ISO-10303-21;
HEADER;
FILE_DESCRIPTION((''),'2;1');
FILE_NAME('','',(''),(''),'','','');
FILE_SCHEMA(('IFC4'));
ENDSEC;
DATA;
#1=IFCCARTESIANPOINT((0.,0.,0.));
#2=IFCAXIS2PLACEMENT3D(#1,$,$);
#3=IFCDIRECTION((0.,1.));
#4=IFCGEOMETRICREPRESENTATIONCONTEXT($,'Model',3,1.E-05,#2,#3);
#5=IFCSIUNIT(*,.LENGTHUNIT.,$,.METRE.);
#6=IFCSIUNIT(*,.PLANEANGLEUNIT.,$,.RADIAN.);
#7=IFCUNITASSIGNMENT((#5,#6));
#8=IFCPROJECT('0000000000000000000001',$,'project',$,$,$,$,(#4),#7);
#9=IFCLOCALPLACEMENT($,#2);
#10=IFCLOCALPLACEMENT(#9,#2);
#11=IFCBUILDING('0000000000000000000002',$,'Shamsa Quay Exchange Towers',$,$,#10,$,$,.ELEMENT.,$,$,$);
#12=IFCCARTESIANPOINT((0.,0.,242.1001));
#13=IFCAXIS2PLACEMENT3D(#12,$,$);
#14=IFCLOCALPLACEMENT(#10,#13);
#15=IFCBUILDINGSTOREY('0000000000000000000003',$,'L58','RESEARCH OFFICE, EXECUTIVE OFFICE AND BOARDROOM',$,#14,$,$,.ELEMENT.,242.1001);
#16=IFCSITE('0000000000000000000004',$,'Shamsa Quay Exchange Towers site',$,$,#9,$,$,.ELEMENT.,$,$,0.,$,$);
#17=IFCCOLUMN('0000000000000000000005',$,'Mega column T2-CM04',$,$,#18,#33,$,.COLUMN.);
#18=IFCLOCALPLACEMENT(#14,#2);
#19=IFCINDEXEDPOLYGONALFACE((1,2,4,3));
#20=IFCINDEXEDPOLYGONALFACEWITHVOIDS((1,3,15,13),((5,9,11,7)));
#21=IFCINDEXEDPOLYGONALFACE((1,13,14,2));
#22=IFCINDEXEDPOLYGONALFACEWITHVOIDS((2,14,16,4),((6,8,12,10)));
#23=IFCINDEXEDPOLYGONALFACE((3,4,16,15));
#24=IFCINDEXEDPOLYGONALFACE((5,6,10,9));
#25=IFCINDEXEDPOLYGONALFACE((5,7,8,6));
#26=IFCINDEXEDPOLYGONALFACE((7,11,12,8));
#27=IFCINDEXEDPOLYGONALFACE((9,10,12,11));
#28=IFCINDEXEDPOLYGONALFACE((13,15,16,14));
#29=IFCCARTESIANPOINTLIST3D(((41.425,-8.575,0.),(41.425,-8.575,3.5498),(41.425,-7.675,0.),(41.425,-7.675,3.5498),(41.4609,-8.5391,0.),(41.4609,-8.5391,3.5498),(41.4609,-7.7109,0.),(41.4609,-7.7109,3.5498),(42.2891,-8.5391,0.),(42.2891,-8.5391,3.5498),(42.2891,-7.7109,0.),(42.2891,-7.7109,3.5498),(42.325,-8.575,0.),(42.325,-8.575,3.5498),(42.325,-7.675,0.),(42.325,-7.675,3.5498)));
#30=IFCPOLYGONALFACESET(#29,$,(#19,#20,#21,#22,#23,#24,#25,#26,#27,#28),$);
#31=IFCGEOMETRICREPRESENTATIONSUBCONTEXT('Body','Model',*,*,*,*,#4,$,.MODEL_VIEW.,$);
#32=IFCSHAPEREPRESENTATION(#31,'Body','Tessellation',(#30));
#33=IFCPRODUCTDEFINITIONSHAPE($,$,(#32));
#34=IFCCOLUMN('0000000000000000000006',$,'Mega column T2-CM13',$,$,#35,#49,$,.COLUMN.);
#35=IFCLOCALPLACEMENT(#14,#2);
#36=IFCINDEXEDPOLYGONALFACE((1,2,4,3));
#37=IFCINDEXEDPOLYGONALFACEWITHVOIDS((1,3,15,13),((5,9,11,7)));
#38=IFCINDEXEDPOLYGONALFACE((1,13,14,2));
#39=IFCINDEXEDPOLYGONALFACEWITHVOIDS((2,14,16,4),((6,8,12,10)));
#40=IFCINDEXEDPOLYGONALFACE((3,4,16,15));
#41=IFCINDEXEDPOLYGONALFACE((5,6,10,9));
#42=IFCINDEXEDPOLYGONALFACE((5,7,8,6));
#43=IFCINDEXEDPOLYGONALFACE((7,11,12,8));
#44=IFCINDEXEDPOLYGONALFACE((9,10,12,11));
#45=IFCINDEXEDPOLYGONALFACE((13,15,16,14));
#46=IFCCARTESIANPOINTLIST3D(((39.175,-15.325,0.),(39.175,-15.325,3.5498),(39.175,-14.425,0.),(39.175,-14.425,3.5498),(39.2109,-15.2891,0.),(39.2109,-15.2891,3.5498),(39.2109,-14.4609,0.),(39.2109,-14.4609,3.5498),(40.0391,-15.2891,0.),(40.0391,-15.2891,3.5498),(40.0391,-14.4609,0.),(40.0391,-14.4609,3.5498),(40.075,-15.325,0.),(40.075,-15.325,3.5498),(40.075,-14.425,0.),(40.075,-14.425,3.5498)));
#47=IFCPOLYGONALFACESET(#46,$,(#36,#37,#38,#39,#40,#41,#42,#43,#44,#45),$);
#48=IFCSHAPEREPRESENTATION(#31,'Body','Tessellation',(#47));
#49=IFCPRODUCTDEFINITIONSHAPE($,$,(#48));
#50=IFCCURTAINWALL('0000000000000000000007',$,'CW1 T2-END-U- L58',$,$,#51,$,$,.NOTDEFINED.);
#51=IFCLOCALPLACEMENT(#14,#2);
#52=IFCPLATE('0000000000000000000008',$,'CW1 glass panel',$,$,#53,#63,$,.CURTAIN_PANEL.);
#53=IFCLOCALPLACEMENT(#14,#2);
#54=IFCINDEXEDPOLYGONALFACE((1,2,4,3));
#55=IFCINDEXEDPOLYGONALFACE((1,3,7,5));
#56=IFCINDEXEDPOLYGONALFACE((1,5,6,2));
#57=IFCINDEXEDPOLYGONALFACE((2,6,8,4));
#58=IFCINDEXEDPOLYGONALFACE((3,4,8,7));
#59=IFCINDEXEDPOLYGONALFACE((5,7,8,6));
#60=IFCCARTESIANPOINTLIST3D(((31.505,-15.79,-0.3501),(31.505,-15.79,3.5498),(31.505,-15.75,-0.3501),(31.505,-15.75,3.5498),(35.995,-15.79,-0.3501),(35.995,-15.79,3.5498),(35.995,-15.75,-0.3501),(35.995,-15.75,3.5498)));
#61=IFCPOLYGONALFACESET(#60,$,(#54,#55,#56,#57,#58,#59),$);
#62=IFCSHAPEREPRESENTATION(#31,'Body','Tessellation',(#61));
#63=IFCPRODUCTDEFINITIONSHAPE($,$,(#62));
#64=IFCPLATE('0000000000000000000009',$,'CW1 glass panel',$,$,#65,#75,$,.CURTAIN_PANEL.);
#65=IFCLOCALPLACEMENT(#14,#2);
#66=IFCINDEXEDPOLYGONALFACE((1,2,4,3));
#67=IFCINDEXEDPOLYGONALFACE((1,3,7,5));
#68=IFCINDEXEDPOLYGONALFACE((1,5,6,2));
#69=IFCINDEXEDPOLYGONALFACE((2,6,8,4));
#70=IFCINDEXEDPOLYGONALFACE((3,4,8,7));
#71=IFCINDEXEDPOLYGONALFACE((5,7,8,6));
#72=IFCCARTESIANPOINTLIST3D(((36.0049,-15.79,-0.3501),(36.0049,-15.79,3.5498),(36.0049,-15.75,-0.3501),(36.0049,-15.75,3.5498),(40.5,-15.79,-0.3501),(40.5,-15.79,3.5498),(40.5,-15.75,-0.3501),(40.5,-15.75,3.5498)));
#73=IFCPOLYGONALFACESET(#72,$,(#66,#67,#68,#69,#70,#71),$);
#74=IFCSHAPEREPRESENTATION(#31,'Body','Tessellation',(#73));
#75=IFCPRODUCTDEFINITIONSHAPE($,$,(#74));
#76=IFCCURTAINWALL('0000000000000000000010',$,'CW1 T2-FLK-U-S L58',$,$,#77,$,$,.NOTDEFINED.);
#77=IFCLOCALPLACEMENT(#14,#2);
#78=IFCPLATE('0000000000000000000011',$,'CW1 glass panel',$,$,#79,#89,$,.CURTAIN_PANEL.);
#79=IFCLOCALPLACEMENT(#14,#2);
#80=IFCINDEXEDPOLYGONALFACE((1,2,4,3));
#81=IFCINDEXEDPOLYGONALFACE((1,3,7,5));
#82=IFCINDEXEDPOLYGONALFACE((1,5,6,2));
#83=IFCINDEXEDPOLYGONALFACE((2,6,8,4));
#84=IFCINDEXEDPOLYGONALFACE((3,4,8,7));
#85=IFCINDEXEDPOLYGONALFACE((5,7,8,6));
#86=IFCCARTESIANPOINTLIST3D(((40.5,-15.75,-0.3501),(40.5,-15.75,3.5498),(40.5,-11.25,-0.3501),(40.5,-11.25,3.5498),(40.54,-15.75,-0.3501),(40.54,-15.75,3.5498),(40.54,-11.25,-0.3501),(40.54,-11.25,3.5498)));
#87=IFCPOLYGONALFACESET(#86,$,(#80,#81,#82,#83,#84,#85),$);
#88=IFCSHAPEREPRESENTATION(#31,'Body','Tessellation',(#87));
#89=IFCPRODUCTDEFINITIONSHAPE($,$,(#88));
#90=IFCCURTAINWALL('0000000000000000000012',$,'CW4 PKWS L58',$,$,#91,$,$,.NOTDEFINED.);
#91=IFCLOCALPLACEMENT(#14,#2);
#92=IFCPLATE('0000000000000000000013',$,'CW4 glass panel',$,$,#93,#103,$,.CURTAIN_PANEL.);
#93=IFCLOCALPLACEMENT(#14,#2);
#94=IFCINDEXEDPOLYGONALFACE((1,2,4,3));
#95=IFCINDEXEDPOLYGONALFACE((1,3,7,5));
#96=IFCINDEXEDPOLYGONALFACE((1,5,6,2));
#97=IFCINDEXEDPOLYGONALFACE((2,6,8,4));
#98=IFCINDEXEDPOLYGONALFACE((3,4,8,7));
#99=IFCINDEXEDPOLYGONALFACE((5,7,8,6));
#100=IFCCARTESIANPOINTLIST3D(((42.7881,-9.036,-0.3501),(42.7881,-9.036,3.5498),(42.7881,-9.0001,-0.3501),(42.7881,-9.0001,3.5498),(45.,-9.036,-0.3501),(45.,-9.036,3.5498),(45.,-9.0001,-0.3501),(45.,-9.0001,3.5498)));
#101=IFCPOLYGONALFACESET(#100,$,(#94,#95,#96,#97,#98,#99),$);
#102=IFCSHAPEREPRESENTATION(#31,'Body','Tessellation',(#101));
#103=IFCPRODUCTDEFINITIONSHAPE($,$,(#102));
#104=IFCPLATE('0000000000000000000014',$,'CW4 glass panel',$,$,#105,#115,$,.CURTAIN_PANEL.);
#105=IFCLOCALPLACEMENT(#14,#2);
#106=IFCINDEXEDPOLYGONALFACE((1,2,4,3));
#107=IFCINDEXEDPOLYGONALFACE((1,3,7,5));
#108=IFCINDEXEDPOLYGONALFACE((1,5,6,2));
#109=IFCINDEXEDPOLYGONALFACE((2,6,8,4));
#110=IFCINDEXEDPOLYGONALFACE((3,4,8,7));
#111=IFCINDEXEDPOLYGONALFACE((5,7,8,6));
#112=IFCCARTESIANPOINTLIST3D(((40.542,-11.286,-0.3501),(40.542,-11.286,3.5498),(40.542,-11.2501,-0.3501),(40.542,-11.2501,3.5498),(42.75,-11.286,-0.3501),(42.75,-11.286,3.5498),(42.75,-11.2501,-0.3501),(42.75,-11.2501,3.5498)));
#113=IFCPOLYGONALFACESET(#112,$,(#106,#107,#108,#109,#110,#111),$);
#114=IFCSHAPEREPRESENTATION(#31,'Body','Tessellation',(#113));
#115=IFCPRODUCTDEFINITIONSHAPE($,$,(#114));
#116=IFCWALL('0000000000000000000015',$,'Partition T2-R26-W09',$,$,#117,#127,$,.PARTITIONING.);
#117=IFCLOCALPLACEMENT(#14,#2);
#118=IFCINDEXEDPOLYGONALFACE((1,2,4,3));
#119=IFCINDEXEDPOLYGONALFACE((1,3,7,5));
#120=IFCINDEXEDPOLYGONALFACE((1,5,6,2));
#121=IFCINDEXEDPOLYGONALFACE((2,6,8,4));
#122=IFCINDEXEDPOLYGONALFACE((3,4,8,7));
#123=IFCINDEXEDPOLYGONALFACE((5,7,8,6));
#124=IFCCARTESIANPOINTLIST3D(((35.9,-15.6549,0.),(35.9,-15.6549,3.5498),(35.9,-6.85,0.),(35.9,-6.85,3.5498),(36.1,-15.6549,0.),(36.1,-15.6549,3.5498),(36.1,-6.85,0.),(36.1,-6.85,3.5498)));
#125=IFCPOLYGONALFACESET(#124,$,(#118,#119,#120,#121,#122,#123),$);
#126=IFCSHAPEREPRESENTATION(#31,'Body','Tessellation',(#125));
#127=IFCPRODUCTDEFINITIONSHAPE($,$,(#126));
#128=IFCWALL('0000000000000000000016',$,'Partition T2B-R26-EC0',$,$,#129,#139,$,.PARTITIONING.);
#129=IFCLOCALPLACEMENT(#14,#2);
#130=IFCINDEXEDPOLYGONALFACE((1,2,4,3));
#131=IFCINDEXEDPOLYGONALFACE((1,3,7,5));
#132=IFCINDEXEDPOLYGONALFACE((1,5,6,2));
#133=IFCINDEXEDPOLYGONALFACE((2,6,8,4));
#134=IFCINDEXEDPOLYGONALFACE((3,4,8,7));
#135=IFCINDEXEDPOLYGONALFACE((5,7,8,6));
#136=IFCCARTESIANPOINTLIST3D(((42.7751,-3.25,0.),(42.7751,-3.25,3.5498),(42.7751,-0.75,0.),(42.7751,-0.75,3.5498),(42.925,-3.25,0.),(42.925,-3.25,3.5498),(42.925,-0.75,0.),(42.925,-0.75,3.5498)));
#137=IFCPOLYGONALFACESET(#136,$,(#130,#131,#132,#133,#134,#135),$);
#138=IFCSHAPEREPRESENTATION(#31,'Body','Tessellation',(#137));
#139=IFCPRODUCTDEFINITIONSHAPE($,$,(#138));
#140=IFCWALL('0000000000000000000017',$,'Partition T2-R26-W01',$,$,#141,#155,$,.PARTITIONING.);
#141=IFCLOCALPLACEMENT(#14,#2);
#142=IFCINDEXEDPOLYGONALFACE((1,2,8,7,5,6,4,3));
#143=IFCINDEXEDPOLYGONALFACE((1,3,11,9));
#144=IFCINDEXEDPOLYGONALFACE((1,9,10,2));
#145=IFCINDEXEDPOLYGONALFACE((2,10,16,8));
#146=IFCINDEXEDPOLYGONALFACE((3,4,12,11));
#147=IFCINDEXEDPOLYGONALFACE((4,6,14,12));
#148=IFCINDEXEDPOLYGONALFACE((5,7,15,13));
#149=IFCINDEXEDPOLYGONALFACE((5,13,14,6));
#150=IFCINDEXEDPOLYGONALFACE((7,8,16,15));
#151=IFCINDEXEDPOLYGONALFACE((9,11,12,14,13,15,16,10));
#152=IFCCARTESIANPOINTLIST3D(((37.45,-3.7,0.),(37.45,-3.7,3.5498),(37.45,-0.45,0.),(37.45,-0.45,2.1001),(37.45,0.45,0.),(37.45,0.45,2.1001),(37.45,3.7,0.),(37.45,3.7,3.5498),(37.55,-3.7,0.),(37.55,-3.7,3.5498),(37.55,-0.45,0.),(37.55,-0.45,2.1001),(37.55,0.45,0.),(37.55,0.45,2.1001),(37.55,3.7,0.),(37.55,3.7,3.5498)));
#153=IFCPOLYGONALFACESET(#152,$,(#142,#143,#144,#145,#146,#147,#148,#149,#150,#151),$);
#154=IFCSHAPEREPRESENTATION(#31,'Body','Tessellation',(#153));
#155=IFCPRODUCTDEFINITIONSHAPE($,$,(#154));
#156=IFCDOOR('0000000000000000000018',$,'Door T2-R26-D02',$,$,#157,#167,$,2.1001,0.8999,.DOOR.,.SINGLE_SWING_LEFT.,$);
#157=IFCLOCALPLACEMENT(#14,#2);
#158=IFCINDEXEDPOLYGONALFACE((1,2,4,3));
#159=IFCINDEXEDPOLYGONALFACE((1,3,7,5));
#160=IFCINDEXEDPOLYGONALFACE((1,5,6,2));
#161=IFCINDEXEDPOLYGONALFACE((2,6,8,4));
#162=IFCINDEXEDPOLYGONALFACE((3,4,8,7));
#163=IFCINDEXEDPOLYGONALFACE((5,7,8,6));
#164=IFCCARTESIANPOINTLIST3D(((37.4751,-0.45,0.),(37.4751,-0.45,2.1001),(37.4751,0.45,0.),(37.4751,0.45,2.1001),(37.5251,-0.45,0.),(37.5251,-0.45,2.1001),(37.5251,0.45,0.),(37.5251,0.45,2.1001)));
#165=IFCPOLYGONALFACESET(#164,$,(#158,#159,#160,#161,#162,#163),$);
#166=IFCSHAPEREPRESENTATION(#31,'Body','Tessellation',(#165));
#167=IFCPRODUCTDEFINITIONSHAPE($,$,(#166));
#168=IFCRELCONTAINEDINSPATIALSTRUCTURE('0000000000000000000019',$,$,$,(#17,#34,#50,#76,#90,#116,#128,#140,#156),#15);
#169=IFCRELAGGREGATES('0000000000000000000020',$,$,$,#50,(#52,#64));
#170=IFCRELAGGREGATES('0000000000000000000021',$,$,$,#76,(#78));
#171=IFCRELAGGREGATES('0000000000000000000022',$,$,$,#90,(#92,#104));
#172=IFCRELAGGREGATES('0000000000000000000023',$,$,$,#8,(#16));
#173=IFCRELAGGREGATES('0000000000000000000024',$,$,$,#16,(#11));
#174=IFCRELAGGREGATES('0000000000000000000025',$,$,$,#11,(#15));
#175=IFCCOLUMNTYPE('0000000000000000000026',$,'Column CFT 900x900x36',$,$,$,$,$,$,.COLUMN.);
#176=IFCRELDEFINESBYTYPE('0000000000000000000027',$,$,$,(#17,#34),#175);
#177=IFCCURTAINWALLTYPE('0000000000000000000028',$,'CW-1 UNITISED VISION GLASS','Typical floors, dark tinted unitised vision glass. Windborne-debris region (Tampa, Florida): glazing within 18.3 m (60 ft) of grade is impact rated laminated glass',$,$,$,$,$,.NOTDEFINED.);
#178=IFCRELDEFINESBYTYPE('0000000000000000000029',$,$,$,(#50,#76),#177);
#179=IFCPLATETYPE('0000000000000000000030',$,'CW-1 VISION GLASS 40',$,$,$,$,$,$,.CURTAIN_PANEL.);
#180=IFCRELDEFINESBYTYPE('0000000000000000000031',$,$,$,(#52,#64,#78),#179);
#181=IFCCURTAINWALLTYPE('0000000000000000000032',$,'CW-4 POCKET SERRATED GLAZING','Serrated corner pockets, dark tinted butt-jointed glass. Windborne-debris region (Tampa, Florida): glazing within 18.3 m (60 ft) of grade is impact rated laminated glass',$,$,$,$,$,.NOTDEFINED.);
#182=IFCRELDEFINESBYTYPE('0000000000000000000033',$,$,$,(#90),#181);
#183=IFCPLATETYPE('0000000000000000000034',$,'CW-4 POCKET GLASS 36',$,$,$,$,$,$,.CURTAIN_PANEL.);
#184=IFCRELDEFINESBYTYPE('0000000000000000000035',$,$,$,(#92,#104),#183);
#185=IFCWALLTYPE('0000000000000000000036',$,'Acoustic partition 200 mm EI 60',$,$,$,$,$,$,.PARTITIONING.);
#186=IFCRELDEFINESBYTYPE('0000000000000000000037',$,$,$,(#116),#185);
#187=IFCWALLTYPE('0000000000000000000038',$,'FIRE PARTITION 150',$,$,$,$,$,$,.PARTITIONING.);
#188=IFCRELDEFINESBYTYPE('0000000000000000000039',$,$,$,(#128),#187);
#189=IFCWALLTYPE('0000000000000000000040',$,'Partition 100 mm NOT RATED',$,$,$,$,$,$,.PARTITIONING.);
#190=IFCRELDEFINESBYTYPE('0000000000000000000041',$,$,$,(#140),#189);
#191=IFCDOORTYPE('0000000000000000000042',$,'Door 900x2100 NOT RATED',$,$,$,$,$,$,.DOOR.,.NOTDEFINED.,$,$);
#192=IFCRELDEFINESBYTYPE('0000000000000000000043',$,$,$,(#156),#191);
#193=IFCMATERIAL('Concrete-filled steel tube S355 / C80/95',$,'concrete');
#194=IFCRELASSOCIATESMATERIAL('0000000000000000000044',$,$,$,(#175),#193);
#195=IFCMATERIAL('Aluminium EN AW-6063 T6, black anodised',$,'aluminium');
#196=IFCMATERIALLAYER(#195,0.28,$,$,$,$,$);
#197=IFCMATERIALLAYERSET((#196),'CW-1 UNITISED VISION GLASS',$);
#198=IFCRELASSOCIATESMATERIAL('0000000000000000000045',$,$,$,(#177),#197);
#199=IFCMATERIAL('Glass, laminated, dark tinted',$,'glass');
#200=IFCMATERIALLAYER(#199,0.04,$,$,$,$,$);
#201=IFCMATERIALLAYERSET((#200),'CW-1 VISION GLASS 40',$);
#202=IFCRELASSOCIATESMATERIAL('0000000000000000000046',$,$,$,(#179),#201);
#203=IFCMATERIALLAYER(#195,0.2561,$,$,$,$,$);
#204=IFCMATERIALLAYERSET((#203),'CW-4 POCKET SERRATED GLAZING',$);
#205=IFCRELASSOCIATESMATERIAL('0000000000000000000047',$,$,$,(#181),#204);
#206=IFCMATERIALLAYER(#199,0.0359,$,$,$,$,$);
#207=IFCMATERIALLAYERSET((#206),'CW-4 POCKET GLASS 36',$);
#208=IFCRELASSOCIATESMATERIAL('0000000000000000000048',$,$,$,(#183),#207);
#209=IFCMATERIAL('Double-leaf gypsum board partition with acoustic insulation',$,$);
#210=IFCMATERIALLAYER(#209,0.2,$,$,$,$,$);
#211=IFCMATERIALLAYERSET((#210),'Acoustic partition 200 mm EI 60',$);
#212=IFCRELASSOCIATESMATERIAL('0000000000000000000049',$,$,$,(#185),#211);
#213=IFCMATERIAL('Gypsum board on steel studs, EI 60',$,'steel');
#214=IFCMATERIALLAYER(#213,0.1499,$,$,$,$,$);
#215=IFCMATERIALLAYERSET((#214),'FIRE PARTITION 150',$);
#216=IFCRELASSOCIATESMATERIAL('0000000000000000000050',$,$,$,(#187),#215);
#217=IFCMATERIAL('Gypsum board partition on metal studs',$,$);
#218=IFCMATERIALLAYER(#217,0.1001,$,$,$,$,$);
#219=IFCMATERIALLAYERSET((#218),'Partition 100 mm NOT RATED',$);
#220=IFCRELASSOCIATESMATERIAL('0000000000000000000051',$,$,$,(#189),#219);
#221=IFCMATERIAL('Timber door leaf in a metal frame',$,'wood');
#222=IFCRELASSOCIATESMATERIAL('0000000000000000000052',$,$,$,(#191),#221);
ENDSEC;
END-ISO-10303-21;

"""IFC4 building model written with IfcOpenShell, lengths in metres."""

from ifc_helpers import new_model, si_unit, direction, frame, frame_2d, origin, origin_2d, place, context, subcontext, project, spatial, rectangle, hollow_rectangle, extrude, material, layer, layer_set, material_profile, profile_set, type_object, element, fill, aggregate, save


model = new_model("IFC4")

# Units and contexts
model_context = context("Model", 3, precision=1e-05, world=origin(), true_north=direction((0.0, 1.0)))
body_context = subcontext(model_context, "Body", "Model", "MODEL_VIEW")
ifc_project = project(units=[si_unit("LENGTHUNIT", "METRE"), si_unit("PLANEANGLEUNIT", "RADIAN")], contexts=[model_context])

# Site, building, storey
site_placement = place(None, origin())
site = spatial("IfcSite", under=ifc_project, at=site_placement, Name="Shamsa Quay Exchange Towers site", CompositionType="ELEMENT", RefElevation=0.0)
building_placement = place(site_placement, origin())
building = spatial("IfcBuilding", under=site, at=building_placement, Name="Shamsa Quay Exchange Towers", CompositionType="ELEMENT")
storey_placement = place(building_placement, frame((0.0, 0.0, 242.1001)))
storey = spatial("IfcBuildingStorey", under=building, at=storey_placement, Name="L58", Description="RESEARCH OFFICE, EXECUTIVE OFFICE AND BOARDROOM", CompositionType="ELEMENT", Elevation=242.1001)

# Columns
ifc_material_1 = material(Name="Concrete-filled steel tube S355 / C80/95", Category="concrete")
ifc_material_profile = material_profile(ifc_material_1, hollow_rectangle(XDim=0.8999, YDim=0.8999, WallThickness=0.0359, at=origin_2d()), Name="CFT 900x900x36")
ifc_profile_set = profile_set([ifc_material_profile], Name="Concrete-filled steel tube S355 / C80/95")
column_type = type_object("IfcColumnType", Name="Column CFT 900x900x36", PredefinedType="COLUMN", material=ifc_profile_set)
for number, where, name in (
    (1, (41.875, -8.125, 0.0), "Mega column T2-CM04"),
    (2, (39.625, -14.875, 0.0), "Mega column T2-CM13"),
):
    element("IfcColumn", number, at=place(storey_placement, frame(where)), inside=storey, type_object=column_type, Name=name, PredefinedType="COLUMN", context=body_context, shape_type="SweptSolid", body=[
        extrude(hollow_rectangle(XDim=0.8999, YDim=0.8999, WallThickness=0.0359, at=origin_2d()), origin(), (0.0, 0.0, 1.0), 3.5498),
    ])

# Curtain wall, plates
ifc_material_2 = material(Name="Aluminium EN AW-6063 T6, black anodised", Category="aluminium")
ifc_layer_1 = layer(ifc_material_2, 0.28)
ifc_layer_set_1 = layer_set([ifc_layer_1], Name="CW-1 UNITISED VISION GLASS")
curtain_wall_type_1 = type_object("IfcCurtainWallType", Name="CW-1 UNITISED VISION GLASS", Description="Typical floors, dark tinted unitised vision glass. Windborne-debris region (Tampa, Florida): glazing within 18.3 m (60 ft) of grade is impact rated laminated glass", PredefinedType="NOTDEFINED", material=ifc_layer_set_1)
curtain_wall_1_placement = place(storey_placement, origin())
curtain_wall_1 = element("IfcCurtainWall", 3, at=curtain_wall_1_placement, inside=storey, type_object=curtain_wall_type_1, Name="CW1 T2-END-U- L58", PredefinedType="NOTDEFINED")
ifc_material_3 = material(Name="Glass, laminated, dark tinted", Category="glass")
ifc_layer_2 = layer(ifc_material_3, 0.04)
ifc_layer_set_2 = layer_set([ifc_layer_2], Name="CW-1 VISION GLASS 40")
plate_type_1 = type_object("IfcPlateType", Name="CW-1 VISION GLASS 40", PredefinedType="CURTAIN_PANEL", material=ifc_layer_set_2)
plate_1_placement = place(storey_placement, frame((33.75, -15.77, -0.3501)))
plate_1 = element("IfcPlate", 4, at=plate_1_placement, type_object=plate_type_1, Name="CW1 glass panel", PredefinedType="CURTAIN_PANEL", context=body_context, shape_type="SweptSolid", body=[
    extrude(rectangle(XDim=4.49, YDim=0.04, at=origin_2d()), origin(), (0.0, 0.0, 1.0), 3.8999),
])
plate_2_placement = place(storey_placement, frame((38.2524, -15.77, -0.3501)))
plate_2 = element("IfcPlate", 5, at=plate_2_placement, type_object=plate_type_1, Name="CW1 glass panel", PredefinedType="CURTAIN_PANEL", context=body_context, shape_type="SweptSolid", body=[
    extrude(rectangle(XDim=4.4951, YDim=0.04, at=origin_2d()), origin(), (0.0, 0.0, 1.0), 3.8999),
])
aggregate(curtain_wall_1, [plate_1, plate_2])

# Curtain wall, plate
curtain_wall_2_placement = place(storey_placement, origin())
curtain_wall_2 = element("IfcCurtainWall", 6, at=curtain_wall_2_placement, inside=storey, type_object=curtain_wall_type_1, Name="CW1 T2-FLK-U-S L58", PredefinedType="NOTDEFINED")
plate_3_placement = place(storey_placement, frame((40.52, -13.5, -0.3501), z_axis=(0.0, 0.0, 1.0), x_axis=(0.0, 1.0, 0.0)))
plate_3 = element("IfcPlate", 7, at=plate_3_placement, type_object=plate_type_1, Name="CW1 glass panel", PredefinedType="CURTAIN_PANEL", context=body_context, shape_type="SweptSolid", body=[
    extrude(rectangle(XDim=4.5, YDim=0.04, at=origin_2d()), origin(), (0.0, 0.0, 1.0), 3.8999),
])
aggregate(curtain_wall_2, [plate_3])

# Curtain wall, plates
ifc_layer_3 = layer(ifc_material_2, 0.2561)
ifc_layer_set_3 = layer_set([ifc_layer_3], Name="CW-4 POCKET SERRATED GLAZING")
curtain_wall_type_2 = type_object("IfcCurtainWallType", Name="CW-4 POCKET SERRATED GLAZING", Description="Serrated corner pockets, dark tinted butt-jointed glass. Windborne-debris region (Tampa, Florida): glazing within 18.3 m (60 ft) of grade is impact rated laminated glass", PredefinedType="NOTDEFINED", material=ifc_layer_set_3)
curtain_wall_3_placement = place(storey_placement, origin())
curtain_wall_3 = element("IfcCurtainWall", 8, at=curtain_wall_3_placement, inside=storey, type_object=curtain_wall_type_2, Name="CW4 PKWS L58", PredefinedType="NOTDEFINED")
ifc_layer_4 = layer(ifc_material_3, 0.0359)
ifc_layer_set_4 = layer_set([ifc_layer_4], Name="CW-4 POCKET GLASS 36")
plate_type_2 = type_object("IfcPlateType", Name="CW-4 POCKET GLASS 36", PredefinedType="CURTAIN_PANEL", material=ifc_layer_set_4)
plate_4_placement = place(storey_placement, frame((43.894, -9.0181, -0.3501)))
plate_4 = element("IfcPlate", 9, at=plate_4_placement, type_object=plate_type_2, Name="CW4 glass panel", PredefinedType="CURTAIN_PANEL", context=body_context, shape_type="SweptSolid", body=[
    extrude(rectangle(XDim=2.2119, YDim=0.0359, at=origin_2d()), origin(), (0.0, 0.0, 1.0), 3.8999),
])
plate_5_placement = place(storey_placement, frame((41.646, -11.2681, -0.3501)))
plate_5 = element("IfcPlate", 10, at=plate_5_placement, type_object=plate_type_2, Name="CW4 glass panel", PredefinedType="CURTAIN_PANEL", context=body_context, shape_type="SweptSolid", body=[
    extrude(rectangle(XDim=2.208, YDim=0.0359, at=origin_2d()), origin(), (0.0, 0.0, 1.0), 3.8999),
])
aggregate(curtain_wall_3, [plate_4, plate_5])

# Wall
ifc_material_4 = material(Name="Double-leaf gypsum board partition with acoustic insulation")
ifc_layer_5 = layer(ifc_material_4, 0.2)
ifc_layer_set_5 = layer_set([ifc_layer_5], Name="Acoustic partition 200 mm EI 60")
wall_type_1 = type_object("IfcWallType", Name="Acoustic partition 200 mm EI 60", PredefinedType="PARTITIONING", material=ifc_layer_set_5)
wall_1_placement = place(storey_placement, frame((36.0, -6.8501, 0.0), z_axis=(0.0, 0.0, 1.0), x_axis=(0.0, -1.0, 0.0)))
element("IfcWall", 11, at=wall_1_placement, inside=storey, type_object=wall_type_1, Name="Partition T2-R26-W09", PredefinedType="PARTITIONING", context=body_context, shape_type="SweptSolid", body=[
    extrude(rectangle(XDim=8.8049, YDim=0.2, at=frame_2d((4.4023, 0.0))), origin(), (0.0, 0.0, 1.0), 3.5498),
])

# Wall
ifc_material_5 = material(Name="Gypsum board on steel studs, EI 60", Category="steel")
ifc_layer_6 = layer(ifc_material_5, 0.1499)
ifc_layer_set_6 = layer_set([ifc_layer_6], Name="FIRE PARTITION 150")
wall_type_2 = type_object("IfcWallType", Name="FIRE PARTITION 150", PredefinedType="PARTITIONING", material=ifc_layer_set_6)
wall_2_placement = place(storey_placement, frame((42.8501, -3.25, 0.0), z_axis=(0.0, 0.0, 1.0), x_axis=(0.0, 1.0, 0.0)))
element("IfcWall", 12, at=wall_2_placement, inside=storey, type_object=wall_type_2, Name="Partition T2B-R26-EC0", PredefinedType="PARTITIONING", context=body_context, shape_type="SweptSolid", body=[
    extrude(rectangle(XDim=2.5, YDim=0.1499, at=frame_2d((1.25, 0.0))), origin(), (0.0, 0.0, 1.0), 3.5498),
])

# Wall, opening, door
ifc_material_6 = material(Name="Gypsum board partition on metal studs")
ifc_layer_7 = layer(ifc_material_6, 0.1001)
ifc_layer_set_7 = layer_set([ifc_layer_7], Name="Partition 100 mm NOT RATED")
wall_type_3 = type_object("IfcWallType", Name="Partition 100 mm NOT RATED", PredefinedType="PARTITIONING", material=ifc_layer_set_7)
wall_3_placement = place(storey_placement, frame((37.5, -3.7, 0.0), z_axis=(0.0, 0.0, 1.0), x_axis=(0.0, 1.0, 0.0)))
wall_3 = element("IfcWall", 13, at=wall_3_placement, inside=storey, type_object=wall_type_3, Name="Partition T2-R26-W01", PredefinedType="PARTITIONING", context=body_context, shape_type="SweptSolid", body=[
    extrude(rectangle(XDim=7.3999, YDim=0.1001, at=frame_2d((3.7, 0.0))), origin(), (0.0, 0.0, 1.0), 3.5498),
])
opening_1_placement = place(wall_3_placement, frame((3.25, 0.0, 0.0)))
opening_1 = element("IfcOpeningElement", 14, at=opening_1_placement, cuts=wall_3, PredefinedType="OPENING", context=body_context, shape_type="SweptSolid", body=[
    extrude(rectangle(XDim=0.8999, YDim=2.1001, at=frame_2d((0.45, 1.05))), frame((0.0, 0.0601, 0.0), z_axis=(0.0, -1.0, 0.0), x_axis=(1.0, 0.0, 0.0)), (0.0, 0.0, 1.0), 0.1201),
])
ifc_material_7 = material(Name="Timber door leaf in a metal frame", Category="wood")
door_type_1 = type_object("IfcDoorType", Name="Door 900x2100 NOT RATED", OperationType="NOTDEFINED", PredefinedType="DOOR", material=ifc_material_7)
door_1_placement = place(opening_1_placement, origin())
door_1 = element("IfcDoor", 15, at=door_1_placement, inside=storey, type_object=door_type_1, Name="Door T2-R26-D02", OperationType="SINGLE_SWING_LEFT", OverallHeight=2.1001, OverallWidth=0.8999, PredefinedType="DOOR", context=body_context, shape_type="SweptSolid", body=[
    extrude(rectangle(XDim=0.8999, YDim=2.1001, at=frame_2d((0.45, 1.05))), frame((0.0, 0.0249, 0.0), z_axis=(0.0, -1.0, 0.0), x_axis=(1.0, 0.0, 0.0)), (0.0, 0.0, 1.0), 0.05),
])
fill(opening_1, door_1)

save(model, "model.ifc")
